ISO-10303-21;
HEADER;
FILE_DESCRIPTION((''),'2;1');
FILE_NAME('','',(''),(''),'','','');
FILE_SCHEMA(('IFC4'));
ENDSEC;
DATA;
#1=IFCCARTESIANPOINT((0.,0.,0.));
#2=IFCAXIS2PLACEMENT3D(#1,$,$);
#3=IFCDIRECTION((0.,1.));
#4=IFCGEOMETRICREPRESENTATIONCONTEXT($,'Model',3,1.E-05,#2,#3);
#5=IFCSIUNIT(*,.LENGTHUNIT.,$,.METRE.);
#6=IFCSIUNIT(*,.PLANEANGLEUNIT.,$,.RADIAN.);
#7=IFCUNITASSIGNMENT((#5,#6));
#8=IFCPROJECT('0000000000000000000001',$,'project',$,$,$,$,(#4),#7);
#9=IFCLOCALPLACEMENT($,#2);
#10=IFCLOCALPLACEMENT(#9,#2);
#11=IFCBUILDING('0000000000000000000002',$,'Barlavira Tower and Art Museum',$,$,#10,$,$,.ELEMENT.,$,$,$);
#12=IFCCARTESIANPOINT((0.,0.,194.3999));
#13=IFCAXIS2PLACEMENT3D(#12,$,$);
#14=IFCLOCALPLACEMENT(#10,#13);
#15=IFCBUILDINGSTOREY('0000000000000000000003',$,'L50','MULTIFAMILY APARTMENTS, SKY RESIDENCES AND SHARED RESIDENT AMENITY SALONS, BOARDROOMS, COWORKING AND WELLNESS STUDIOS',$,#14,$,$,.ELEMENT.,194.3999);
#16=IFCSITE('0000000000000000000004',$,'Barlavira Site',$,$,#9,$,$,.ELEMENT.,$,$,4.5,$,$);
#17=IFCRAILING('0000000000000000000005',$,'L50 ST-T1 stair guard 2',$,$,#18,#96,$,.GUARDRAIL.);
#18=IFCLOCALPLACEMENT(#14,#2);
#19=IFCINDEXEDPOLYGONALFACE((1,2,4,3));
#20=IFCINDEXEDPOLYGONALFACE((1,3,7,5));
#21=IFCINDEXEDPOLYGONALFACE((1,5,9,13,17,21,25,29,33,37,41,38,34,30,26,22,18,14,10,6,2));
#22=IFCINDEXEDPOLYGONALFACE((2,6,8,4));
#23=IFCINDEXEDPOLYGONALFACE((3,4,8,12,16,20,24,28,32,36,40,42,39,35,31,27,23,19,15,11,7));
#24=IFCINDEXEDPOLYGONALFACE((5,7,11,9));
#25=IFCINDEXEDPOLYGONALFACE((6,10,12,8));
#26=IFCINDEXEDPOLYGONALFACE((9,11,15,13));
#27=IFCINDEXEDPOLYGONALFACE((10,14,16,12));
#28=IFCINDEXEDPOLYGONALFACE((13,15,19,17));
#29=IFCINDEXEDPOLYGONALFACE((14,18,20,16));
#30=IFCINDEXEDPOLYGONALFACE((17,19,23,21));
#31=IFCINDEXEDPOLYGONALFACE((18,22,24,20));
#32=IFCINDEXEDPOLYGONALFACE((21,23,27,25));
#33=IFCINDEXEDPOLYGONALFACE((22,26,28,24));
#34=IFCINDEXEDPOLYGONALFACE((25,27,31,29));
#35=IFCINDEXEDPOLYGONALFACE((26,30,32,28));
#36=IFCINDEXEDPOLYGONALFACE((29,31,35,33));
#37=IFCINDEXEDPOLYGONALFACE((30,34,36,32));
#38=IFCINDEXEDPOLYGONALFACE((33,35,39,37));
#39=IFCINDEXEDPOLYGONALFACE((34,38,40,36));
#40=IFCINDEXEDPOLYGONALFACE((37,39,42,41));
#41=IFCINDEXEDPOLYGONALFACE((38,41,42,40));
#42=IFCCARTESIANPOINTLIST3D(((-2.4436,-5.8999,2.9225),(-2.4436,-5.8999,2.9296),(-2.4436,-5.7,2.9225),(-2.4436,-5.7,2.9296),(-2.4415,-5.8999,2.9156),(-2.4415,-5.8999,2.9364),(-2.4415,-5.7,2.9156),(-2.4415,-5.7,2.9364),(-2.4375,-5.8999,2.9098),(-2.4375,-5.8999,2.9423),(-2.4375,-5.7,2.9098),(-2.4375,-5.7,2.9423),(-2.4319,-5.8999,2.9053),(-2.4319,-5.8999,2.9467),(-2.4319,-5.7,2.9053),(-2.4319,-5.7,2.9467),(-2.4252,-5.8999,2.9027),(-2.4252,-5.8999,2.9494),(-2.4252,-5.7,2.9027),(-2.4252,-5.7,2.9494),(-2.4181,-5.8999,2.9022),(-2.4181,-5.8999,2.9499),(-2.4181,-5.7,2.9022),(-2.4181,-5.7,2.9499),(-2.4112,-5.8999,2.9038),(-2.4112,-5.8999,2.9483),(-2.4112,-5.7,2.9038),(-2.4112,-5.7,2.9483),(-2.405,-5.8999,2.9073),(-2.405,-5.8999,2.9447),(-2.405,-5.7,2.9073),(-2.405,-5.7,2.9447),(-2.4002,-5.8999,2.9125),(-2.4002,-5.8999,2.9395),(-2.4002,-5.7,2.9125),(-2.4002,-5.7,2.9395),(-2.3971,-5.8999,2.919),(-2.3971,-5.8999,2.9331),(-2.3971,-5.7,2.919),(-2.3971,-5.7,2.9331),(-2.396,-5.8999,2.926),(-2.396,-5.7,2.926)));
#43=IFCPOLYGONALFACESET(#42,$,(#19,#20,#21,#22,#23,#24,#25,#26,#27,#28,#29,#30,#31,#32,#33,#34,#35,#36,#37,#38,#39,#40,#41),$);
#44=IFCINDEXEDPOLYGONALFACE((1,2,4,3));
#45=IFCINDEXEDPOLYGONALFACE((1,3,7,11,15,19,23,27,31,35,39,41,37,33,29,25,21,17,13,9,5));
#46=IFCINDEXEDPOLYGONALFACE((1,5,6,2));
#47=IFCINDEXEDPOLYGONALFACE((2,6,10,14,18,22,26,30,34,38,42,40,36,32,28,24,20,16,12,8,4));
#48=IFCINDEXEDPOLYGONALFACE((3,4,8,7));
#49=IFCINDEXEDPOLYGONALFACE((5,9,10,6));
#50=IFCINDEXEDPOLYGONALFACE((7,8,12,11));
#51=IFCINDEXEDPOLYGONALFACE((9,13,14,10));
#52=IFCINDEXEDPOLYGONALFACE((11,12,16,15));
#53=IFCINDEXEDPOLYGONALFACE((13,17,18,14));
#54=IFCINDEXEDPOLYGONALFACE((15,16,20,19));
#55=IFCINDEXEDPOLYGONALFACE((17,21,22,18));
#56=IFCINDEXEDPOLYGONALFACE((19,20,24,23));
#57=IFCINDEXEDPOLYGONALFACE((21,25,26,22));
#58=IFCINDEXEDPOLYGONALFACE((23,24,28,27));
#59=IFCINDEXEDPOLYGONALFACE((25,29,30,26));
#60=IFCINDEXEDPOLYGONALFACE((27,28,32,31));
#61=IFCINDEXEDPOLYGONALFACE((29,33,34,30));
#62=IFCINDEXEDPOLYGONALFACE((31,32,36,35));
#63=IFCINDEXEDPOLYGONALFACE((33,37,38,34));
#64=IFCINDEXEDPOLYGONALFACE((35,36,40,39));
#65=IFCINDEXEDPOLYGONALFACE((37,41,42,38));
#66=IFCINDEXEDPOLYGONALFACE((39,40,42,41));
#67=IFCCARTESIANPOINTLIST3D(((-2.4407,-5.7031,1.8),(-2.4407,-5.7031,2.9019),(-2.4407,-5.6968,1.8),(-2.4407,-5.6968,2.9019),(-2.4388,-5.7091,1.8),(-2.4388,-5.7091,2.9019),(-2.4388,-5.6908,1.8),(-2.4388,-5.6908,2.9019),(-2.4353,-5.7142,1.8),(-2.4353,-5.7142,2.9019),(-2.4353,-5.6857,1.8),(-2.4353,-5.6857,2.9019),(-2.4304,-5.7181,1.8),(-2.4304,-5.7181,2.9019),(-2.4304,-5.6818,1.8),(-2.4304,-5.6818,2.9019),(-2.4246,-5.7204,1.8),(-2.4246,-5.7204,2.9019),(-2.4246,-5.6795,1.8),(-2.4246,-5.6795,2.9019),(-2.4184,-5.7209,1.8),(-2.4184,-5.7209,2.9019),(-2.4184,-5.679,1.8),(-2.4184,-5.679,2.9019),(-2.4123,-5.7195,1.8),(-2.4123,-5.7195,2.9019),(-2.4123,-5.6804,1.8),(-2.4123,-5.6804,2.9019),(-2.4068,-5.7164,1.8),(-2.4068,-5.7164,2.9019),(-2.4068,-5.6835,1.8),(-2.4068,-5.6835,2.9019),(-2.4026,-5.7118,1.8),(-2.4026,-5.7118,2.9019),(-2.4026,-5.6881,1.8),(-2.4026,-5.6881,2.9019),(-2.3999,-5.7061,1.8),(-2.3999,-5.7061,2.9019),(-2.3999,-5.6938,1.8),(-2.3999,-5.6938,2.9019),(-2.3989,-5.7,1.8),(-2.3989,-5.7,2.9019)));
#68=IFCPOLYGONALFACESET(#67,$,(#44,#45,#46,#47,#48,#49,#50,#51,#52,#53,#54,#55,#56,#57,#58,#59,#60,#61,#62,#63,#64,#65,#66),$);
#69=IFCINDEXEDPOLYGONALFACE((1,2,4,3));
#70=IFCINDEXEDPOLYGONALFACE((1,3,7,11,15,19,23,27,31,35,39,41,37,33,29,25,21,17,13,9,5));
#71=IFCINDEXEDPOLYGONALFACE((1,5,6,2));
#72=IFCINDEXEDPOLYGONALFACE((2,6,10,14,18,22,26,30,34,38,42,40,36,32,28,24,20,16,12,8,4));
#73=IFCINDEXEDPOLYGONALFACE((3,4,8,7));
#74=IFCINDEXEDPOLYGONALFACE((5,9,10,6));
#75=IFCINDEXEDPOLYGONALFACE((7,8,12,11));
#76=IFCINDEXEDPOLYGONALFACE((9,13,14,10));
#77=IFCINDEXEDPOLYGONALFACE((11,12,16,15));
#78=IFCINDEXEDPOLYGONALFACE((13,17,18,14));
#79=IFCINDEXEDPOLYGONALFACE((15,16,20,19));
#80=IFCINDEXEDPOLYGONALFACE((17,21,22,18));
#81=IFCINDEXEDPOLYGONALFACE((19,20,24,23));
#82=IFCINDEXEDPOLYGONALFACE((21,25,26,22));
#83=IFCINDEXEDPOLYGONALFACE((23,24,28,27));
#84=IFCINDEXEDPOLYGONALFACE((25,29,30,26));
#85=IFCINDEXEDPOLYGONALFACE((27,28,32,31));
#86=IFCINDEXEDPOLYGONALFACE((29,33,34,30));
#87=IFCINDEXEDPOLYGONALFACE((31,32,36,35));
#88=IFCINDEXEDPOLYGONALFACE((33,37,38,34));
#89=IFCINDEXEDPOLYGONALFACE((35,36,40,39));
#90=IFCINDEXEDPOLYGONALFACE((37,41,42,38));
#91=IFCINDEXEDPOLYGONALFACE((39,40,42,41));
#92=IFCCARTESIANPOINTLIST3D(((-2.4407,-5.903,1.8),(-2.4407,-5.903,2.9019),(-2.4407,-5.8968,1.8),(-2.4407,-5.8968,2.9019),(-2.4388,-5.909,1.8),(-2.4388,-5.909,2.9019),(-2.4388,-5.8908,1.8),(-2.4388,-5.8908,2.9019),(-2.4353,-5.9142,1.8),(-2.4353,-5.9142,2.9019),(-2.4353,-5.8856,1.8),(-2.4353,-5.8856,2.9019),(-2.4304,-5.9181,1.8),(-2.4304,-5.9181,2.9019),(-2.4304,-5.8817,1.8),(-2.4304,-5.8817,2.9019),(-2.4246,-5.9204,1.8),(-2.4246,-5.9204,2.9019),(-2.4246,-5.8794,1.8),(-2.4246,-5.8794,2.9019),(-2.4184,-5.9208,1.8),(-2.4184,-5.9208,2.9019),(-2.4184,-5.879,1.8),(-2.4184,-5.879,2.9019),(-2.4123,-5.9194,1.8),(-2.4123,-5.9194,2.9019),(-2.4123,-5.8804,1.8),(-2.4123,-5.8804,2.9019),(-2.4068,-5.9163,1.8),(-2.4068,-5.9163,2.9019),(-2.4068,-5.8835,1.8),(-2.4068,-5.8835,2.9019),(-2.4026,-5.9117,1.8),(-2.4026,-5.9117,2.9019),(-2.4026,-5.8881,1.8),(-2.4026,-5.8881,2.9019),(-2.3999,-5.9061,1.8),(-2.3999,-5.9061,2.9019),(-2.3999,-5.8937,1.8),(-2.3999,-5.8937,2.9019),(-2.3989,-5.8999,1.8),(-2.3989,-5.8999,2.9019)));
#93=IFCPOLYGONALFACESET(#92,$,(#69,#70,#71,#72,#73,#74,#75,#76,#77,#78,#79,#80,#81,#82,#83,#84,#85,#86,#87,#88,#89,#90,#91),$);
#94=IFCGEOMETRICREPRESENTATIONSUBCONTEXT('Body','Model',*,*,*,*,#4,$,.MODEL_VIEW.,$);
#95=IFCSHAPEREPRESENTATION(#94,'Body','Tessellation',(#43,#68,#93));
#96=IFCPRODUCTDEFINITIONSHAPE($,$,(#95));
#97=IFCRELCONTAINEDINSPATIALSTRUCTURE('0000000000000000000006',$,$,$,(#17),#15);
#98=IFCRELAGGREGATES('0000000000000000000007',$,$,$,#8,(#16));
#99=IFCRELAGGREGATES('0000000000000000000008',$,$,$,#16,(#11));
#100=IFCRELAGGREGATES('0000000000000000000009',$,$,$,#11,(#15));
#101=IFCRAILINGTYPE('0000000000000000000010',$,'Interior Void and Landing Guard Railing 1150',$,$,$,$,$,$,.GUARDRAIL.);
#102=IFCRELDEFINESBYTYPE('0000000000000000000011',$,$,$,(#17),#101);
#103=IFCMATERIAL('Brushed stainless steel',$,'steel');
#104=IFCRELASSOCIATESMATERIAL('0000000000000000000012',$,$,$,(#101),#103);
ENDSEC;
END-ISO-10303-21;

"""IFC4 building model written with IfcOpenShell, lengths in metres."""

from ifc_helpers import new_model, si_unit, direction, frame, origin, origin_2d, place, context, subcontext, project, spatial, circle, extrude, material, type_object, element, save


model = new_model("IFC4")

# Units and contexts
model_context = context("Model", 3, precision=1e-05, world=origin(), true_north=direction((0.0, 1.0)))
body_context = subcontext(model_context, "Body", "Model", "MODEL_VIEW")
ifc_project = project(units=[si_unit("LENGTHUNIT", "METRE"), si_unit("PLANEANGLEUNIT", "RADIAN")], contexts=[model_context])

# Site, building, storey
site_placement = place(None, origin())
site = spatial("IfcSite", under=ifc_project, at=site_placement, Name="Barlavira Site", CompositionType="ELEMENT", RefElevation=4.5)
building_placement = place(site_placement, origin())
building = spatial("IfcBuilding", under=site, at=building_placement, Name="Barlavira Tower and Art Museum", CompositionType="ELEMENT")
storey_placement = place(building_placement, frame((0.0, 0.0, 194.3999)))
storey = spatial("IfcBuildingStorey", under=building, at=storey_placement, Name="L50", Description="MULTIFAMILY APARTMENTS, SKY RESIDENCES AND SHARED RESIDENT AMENITY SALONS, BOARDROOMS, COWORKING AND WELLNESS STUDIOS", CompositionType="ELEMENT", Elevation=194.3999)

# Shared definitions
ifc_material_1 = material(Name="Brushed stainless steel", Category="steel")

# Railing
railing_type_1 = type_object("IfcRailingType", Name="Interior Void and Landing Guard Railing 1150", PredefinedType="GUARDRAIL", material=ifc_material_1)
railing_1_placement = place(storey_placement, frame((-2.4199, -5.7, 1.8)))
element("IfcRailing", 1, at=railing_1_placement, inside=storey, type_object=railing_type_1, Name="L50 ST-T1 stair guard 2", PredefinedType="GUARDRAIL", context=body_context, shape_type="SweptSolid", body=[
    extrude(circle(Radius=0.0239, at=origin_2d()), frame((0.0, 0.0, 1.126), z_axis=(0.0, -1.0, 0.0), x_axis=(1.0, 0.0, 0.0)), (0.0, 0.0, 1.0), 0.2),
    extrude(circle(Radius=0.021, at=origin_2d()), origin(), (0.0, 0.0, 1.0), 1.1018),
    extrude(circle(Radius=0.021, at=origin_2d()), frame((0.0, -0.2, 0.0)), (0.0, 0.0, 1.0), 1.1018),
])

save(model, "model.ifc")
